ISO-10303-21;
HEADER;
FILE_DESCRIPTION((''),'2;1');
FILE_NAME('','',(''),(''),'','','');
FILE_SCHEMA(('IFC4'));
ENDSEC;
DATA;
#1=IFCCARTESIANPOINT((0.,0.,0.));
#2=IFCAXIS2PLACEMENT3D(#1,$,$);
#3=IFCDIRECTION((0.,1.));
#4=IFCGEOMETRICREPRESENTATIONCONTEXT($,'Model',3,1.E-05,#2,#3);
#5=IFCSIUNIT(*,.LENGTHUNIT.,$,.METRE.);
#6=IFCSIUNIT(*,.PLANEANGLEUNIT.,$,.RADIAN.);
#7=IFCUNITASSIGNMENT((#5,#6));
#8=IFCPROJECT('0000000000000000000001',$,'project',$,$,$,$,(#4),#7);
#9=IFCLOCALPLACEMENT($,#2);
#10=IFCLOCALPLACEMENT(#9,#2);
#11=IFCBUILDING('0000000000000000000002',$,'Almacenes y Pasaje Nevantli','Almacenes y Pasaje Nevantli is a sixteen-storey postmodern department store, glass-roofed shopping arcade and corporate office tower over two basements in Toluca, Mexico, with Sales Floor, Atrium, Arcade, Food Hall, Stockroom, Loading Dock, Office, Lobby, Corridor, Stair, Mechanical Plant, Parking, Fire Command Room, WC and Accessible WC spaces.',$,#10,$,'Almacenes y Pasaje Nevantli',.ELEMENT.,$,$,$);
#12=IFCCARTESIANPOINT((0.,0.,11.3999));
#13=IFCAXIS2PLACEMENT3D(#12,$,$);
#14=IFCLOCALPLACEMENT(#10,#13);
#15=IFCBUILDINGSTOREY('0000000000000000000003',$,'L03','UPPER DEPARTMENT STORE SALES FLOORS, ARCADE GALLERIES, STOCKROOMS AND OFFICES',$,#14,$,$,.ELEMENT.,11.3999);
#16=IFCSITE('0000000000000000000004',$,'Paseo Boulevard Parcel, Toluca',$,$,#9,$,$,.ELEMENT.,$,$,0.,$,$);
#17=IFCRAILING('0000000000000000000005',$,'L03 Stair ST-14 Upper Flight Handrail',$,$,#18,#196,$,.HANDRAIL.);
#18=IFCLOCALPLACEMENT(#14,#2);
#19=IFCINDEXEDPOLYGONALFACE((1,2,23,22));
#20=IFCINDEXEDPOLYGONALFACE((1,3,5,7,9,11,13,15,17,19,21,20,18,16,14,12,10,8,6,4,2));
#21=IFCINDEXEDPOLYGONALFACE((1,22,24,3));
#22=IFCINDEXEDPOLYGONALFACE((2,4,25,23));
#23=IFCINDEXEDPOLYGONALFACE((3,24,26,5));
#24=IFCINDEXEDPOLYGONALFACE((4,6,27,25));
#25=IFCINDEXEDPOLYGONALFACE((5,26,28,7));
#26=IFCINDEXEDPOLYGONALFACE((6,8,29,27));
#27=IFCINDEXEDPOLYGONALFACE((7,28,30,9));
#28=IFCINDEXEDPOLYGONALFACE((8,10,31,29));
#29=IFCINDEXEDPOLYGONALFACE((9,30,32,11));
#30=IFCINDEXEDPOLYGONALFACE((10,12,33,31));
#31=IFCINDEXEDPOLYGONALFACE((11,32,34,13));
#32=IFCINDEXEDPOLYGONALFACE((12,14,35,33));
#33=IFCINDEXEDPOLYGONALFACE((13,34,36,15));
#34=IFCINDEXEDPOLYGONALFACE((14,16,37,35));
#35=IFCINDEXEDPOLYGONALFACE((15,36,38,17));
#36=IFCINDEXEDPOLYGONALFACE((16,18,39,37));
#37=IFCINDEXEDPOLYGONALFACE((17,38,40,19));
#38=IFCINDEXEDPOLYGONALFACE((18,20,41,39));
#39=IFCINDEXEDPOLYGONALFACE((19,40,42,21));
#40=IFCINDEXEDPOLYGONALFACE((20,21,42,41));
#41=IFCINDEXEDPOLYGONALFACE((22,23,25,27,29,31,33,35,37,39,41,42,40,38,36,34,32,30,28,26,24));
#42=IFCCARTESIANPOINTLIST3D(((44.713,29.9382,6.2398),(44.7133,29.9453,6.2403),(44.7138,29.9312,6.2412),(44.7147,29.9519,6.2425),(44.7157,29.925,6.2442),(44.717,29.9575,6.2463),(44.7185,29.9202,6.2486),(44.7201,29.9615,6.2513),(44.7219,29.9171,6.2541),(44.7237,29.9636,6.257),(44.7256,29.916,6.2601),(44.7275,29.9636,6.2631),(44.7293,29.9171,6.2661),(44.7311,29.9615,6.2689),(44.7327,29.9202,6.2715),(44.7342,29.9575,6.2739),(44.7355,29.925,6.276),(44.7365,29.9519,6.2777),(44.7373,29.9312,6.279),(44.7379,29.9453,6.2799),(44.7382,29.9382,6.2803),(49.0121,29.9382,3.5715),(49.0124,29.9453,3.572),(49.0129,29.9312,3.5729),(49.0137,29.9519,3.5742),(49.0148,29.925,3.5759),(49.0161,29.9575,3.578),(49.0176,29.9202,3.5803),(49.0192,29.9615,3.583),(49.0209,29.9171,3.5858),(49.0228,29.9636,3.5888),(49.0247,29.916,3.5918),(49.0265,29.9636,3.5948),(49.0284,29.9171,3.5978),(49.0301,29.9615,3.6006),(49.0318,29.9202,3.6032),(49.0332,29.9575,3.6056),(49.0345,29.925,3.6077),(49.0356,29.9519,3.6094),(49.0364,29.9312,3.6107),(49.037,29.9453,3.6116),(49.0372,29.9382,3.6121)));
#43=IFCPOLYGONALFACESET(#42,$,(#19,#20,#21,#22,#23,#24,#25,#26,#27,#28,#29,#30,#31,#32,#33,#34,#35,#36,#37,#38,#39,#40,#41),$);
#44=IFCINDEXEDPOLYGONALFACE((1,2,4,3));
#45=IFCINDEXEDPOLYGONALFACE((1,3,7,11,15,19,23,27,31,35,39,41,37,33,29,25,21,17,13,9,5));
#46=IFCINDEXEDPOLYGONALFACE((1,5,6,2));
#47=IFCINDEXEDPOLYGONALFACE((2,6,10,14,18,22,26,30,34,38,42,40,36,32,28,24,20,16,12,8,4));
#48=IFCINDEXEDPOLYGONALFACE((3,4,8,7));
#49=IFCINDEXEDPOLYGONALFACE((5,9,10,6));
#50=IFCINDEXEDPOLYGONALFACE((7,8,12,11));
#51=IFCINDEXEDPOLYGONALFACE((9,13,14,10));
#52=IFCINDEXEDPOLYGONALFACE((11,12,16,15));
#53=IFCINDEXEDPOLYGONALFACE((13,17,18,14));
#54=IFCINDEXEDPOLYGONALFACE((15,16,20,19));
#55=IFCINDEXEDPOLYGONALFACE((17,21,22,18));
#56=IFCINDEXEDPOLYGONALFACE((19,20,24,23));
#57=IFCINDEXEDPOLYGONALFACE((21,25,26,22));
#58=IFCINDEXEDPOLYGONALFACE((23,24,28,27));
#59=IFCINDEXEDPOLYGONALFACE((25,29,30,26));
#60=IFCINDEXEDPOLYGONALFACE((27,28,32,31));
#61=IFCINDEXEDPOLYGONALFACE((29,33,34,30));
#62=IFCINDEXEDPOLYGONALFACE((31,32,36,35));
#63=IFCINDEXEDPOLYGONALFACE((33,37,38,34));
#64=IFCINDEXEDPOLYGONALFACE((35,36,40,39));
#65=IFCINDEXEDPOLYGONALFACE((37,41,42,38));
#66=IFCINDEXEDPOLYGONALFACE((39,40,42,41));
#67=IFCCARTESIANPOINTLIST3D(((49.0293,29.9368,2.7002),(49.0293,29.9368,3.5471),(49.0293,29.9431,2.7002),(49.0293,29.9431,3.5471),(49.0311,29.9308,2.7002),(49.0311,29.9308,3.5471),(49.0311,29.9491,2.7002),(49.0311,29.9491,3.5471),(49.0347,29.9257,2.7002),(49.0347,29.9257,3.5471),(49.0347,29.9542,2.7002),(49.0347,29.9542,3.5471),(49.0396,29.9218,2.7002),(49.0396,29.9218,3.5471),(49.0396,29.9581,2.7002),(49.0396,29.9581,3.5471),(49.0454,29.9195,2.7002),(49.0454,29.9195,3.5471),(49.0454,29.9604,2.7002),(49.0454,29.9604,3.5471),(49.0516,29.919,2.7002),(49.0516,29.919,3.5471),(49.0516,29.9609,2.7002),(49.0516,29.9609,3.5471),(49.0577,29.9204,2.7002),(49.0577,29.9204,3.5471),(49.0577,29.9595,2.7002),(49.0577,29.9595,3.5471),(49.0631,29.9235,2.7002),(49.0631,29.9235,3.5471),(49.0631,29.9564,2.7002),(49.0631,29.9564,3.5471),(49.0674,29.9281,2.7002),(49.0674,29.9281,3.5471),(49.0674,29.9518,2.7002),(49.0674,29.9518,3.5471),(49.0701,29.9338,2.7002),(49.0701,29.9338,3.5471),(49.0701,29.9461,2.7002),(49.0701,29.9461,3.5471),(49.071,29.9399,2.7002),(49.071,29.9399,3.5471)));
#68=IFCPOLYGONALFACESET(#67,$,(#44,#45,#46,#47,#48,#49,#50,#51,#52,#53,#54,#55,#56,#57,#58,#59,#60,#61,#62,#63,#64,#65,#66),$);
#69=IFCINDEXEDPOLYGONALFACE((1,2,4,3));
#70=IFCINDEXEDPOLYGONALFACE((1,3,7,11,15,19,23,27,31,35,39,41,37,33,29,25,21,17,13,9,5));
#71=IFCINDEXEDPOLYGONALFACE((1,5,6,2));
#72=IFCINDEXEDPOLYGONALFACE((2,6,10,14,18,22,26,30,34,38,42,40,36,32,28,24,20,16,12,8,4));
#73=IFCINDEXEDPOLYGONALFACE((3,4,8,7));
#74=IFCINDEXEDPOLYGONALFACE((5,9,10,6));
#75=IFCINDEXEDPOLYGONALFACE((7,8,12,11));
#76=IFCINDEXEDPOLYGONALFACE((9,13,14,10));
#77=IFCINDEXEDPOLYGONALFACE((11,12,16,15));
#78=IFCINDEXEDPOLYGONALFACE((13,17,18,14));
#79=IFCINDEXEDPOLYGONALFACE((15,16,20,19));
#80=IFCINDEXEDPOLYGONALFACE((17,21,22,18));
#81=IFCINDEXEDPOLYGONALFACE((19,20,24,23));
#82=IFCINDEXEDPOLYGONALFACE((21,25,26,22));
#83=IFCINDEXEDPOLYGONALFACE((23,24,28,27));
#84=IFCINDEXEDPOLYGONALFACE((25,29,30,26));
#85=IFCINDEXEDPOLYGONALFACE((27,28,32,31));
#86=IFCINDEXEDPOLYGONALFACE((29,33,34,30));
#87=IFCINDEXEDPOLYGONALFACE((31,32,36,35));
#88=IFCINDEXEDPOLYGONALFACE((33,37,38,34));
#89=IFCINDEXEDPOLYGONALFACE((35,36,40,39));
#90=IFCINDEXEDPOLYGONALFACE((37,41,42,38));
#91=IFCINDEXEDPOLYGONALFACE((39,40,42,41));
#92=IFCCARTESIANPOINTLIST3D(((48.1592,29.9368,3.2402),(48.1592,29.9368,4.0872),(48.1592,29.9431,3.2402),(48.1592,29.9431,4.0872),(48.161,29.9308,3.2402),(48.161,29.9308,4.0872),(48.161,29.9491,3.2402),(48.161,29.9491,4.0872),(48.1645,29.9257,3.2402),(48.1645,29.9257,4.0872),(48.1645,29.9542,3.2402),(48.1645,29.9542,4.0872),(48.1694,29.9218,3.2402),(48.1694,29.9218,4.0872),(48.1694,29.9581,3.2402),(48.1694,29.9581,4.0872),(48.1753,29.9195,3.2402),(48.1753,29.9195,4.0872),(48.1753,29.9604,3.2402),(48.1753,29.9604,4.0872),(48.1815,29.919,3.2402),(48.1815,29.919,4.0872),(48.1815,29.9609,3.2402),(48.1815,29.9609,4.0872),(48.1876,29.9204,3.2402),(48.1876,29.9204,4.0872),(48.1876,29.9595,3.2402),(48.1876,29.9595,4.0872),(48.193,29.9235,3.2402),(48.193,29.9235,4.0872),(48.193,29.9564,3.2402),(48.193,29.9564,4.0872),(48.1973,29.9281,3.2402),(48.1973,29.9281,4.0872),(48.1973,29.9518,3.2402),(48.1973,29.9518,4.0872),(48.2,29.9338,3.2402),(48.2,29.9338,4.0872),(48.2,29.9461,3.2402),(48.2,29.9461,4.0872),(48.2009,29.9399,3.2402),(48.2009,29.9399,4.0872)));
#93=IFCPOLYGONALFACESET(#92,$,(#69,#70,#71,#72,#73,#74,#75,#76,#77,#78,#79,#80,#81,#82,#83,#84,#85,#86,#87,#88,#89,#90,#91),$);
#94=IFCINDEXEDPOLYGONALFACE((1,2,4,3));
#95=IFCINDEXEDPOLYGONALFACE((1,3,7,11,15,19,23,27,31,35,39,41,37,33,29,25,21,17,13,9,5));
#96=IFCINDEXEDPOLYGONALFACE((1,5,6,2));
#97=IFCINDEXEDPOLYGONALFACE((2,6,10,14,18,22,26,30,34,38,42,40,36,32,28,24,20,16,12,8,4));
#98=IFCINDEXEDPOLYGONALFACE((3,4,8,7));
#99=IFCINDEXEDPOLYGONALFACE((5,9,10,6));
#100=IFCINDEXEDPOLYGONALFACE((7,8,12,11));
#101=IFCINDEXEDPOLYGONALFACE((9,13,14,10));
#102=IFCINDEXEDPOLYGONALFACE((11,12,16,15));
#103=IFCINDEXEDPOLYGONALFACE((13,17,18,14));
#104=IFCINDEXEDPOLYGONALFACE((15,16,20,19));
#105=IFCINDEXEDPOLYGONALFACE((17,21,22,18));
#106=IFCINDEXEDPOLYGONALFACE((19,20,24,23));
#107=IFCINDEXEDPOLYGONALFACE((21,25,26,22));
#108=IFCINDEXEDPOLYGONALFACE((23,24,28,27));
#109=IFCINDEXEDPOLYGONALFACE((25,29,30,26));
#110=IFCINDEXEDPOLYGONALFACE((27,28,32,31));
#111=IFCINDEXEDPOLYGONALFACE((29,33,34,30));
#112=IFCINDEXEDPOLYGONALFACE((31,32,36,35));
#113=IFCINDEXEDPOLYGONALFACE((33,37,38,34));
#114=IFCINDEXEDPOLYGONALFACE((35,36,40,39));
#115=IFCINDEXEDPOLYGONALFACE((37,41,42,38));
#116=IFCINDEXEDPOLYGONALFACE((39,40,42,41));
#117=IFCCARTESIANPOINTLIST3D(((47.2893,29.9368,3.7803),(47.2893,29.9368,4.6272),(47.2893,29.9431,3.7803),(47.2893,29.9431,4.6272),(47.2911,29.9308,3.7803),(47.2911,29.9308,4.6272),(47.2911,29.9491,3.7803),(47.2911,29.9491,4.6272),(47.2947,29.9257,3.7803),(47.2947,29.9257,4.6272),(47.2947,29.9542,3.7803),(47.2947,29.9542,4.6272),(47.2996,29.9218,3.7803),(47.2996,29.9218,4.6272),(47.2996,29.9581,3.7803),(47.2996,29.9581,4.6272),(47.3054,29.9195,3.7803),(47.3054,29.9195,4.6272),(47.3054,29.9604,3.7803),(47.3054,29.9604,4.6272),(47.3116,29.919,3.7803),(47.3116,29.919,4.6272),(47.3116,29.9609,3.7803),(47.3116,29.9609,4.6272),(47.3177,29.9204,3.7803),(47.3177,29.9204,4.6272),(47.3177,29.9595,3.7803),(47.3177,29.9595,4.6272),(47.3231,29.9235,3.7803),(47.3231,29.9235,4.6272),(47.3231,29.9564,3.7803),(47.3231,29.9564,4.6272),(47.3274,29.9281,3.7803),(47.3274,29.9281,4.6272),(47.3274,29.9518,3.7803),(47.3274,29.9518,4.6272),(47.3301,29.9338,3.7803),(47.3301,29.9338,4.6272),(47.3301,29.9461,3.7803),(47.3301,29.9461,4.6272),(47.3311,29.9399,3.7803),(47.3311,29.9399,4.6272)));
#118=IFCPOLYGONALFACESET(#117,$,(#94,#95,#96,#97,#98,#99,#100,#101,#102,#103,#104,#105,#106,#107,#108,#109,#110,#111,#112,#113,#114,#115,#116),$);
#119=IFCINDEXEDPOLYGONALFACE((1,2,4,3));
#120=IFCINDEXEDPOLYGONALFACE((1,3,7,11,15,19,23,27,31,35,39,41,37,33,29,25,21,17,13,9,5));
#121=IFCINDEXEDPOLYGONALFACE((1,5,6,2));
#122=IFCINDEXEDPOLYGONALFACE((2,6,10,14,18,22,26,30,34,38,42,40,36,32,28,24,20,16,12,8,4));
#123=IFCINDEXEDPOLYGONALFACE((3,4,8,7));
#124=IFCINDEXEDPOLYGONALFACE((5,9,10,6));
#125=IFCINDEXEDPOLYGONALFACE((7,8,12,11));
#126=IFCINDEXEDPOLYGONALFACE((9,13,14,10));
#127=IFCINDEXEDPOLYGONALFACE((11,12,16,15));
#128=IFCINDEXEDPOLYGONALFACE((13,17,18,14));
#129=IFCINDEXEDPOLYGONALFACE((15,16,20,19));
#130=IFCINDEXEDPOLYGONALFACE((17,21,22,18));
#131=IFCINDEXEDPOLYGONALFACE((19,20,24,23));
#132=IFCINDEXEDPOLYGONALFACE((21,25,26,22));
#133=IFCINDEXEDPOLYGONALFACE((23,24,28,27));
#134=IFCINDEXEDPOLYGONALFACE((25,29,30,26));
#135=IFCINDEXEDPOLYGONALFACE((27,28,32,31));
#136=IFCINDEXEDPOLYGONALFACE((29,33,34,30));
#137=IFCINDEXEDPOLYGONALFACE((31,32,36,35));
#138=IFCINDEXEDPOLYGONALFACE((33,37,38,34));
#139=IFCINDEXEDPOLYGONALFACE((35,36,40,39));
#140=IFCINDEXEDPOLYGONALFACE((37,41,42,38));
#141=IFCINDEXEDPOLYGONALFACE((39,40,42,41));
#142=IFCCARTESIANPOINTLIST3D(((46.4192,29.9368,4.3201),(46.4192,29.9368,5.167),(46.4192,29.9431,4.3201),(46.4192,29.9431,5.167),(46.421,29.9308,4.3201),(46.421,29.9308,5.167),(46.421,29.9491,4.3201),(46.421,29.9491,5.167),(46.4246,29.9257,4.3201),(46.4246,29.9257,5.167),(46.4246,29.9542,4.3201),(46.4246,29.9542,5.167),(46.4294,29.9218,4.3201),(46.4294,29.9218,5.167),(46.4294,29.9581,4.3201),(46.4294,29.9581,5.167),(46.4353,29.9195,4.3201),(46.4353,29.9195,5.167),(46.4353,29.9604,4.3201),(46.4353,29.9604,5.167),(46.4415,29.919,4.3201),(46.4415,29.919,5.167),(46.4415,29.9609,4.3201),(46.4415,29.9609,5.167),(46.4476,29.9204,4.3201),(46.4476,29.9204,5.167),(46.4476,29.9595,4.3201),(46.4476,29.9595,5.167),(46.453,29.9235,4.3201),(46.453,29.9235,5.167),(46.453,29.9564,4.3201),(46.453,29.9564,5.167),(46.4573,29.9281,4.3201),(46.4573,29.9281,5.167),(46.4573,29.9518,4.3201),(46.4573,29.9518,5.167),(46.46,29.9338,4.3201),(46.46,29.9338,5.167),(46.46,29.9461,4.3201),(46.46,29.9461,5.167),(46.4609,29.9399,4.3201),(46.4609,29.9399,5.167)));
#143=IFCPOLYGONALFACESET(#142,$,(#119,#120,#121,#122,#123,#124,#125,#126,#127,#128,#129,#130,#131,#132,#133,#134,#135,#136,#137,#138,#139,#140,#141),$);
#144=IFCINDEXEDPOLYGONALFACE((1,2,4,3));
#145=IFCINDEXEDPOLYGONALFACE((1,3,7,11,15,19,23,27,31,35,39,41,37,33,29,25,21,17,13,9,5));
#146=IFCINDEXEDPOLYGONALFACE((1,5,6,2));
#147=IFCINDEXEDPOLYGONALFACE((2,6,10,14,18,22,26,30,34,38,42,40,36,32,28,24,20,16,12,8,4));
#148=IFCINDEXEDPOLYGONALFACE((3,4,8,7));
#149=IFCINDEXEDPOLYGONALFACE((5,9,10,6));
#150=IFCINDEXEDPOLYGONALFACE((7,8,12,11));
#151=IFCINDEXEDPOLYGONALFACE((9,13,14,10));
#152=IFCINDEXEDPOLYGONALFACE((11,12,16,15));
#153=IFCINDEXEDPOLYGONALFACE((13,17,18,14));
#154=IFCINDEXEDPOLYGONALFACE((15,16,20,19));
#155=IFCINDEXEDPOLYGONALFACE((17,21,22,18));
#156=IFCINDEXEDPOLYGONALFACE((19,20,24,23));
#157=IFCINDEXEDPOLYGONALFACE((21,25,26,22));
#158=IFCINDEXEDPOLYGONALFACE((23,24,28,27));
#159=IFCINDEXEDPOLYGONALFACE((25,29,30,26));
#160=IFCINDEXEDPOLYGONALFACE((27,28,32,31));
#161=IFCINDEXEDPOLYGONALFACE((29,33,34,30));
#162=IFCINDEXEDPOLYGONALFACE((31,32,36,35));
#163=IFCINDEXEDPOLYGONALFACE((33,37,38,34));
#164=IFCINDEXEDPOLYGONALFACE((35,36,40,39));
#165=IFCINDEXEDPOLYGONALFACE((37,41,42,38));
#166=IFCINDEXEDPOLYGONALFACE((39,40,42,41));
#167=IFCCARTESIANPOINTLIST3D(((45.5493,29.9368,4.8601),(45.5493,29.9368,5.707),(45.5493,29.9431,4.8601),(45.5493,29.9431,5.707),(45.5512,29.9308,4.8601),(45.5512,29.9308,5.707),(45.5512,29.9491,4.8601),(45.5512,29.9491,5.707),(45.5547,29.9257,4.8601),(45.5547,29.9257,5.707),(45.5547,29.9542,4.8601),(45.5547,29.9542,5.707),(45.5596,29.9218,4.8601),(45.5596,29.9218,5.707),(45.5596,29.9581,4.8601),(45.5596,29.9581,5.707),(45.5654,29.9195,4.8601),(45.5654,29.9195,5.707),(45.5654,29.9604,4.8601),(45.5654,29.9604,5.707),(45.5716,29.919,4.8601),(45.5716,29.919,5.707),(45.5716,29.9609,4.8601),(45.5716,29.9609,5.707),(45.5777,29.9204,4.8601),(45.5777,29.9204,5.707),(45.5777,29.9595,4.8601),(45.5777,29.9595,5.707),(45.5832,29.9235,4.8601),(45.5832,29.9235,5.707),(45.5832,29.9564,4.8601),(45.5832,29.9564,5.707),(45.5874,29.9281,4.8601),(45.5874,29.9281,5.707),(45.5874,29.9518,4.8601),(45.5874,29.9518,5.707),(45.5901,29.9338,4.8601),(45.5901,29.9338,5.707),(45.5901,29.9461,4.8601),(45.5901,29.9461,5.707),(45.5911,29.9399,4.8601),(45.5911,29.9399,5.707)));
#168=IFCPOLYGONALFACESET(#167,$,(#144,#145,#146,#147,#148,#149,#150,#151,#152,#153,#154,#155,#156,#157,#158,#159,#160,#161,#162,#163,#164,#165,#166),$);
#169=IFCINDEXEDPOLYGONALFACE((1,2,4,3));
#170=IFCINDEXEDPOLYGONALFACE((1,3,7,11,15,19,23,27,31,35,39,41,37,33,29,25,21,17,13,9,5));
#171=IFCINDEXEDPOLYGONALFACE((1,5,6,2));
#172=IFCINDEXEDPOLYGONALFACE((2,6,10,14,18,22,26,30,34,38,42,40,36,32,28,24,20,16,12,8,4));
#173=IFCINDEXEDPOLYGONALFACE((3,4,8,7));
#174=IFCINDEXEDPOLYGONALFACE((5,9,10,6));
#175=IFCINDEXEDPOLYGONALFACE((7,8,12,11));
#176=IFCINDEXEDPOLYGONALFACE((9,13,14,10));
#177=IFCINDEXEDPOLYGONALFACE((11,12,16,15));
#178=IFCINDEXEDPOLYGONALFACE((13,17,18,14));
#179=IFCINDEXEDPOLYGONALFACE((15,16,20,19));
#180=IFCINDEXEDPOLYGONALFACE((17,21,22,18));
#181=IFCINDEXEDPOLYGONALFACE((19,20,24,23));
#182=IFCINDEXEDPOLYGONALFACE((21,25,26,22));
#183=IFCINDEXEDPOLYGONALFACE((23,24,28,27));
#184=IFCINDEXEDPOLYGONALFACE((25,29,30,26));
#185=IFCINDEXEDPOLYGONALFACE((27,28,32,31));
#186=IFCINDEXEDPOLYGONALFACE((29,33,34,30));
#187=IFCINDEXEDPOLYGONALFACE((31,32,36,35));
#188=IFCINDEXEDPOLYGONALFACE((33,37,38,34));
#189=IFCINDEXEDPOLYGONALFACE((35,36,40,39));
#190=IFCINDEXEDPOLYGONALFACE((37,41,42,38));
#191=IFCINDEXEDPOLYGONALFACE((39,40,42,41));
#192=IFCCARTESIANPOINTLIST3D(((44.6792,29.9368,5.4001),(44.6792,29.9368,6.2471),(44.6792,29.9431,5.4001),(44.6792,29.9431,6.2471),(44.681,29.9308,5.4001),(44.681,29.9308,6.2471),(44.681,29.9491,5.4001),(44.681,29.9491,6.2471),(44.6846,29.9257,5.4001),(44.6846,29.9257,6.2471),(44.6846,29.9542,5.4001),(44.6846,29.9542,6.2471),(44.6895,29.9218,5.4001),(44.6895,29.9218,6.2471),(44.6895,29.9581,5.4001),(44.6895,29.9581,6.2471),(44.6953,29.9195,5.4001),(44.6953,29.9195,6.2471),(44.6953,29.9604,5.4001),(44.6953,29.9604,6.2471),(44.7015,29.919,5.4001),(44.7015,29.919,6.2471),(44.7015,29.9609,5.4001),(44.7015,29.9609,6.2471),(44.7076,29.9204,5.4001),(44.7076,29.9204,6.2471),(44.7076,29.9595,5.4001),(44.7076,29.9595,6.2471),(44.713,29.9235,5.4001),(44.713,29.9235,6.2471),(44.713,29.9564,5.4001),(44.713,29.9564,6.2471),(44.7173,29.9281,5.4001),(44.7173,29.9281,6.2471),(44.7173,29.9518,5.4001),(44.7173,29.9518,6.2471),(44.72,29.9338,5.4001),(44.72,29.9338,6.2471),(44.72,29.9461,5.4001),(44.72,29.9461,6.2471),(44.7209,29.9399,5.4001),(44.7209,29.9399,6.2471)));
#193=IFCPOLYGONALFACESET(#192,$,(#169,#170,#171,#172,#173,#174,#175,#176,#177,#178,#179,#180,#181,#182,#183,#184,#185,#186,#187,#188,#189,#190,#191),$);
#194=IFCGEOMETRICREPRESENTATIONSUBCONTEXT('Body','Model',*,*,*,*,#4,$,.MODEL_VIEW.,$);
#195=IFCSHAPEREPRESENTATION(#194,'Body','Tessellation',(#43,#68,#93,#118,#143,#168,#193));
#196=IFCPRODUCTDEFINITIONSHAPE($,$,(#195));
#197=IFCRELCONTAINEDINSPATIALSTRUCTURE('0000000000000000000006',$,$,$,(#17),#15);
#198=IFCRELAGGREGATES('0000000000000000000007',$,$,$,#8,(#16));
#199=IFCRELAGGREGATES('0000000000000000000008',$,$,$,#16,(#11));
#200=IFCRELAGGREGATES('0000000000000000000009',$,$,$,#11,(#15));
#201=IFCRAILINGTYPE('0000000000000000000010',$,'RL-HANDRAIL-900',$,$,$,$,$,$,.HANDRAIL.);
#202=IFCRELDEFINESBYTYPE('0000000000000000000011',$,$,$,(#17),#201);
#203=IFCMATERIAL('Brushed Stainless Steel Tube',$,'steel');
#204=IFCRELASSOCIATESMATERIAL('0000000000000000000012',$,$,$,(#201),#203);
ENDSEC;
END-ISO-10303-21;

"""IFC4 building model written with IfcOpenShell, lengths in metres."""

from ifc_helpers import new_model, si_unit, direction, frame, origin, origin_2d, place, context, subcontext, project, spatial, circle, extrude, material, type_object, element, save


model = new_model("IFC4")

# Units and contexts
model_context = context("Model", 3, precision=1e-05, world=origin(), true_north=direction((0.0, 1.0)))
body_context = subcontext(model_context, "Body", "Model", "MODEL_VIEW")
ifc_project = project(units=[si_unit("LENGTHUNIT", "METRE"), si_unit("PLANEANGLEUNIT", "RADIAN")], contexts=[model_context])

# Site, building, storey
site_placement = place(None, origin())
site = spatial("IfcSite", under=ifc_project, at=site_placement, Name="Paseo Boulevard Parcel, Toluca", CompositionType="ELEMENT", RefElevation=0.0)
building_placement = place(site_placement, origin())
building = spatial("IfcBuilding", under=site, at=building_placement, Name="Almacenes y Pasaje Nevantli", Description="Almacenes y Pasaje Nevantli is a sixteen-storey postmodern department store, glass-roofed shopping arcade and corporate office tower over two basements in Toluca, Mexico, with Sales Floor, Atrium, Arcade, Food Hall, Stockroom, Loading Dock, Office, Lobby, Corridor, Stair, Mechanical Plant, Parking, Fire Command Room, WC and Accessible WC spaces.", LongName="Almacenes y Pasaje Nevantli", CompositionType="ELEMENT")
storey_placement = place(building_placement, frame((0.0, 0.0, 11.3999)))
storey = spatial("IfcBuildingStorey", under=building, at=storey_placement, Name="L03", Description="UPPER DEPARTMENT STORE SALES FLOORS, ARCADE GALLERIES, STOCKROOMS AND OFFICES", CompositionType="ELEMENT", Elevation=11.3999)

# Railing
ifc_material_1 = material(Name="Brushed Stainless Steel Tube", Category="steel")
railing_type_1 = type_object("IfcRailingType", Name="RL-HANDRAIL-900", PredefinedType="HANDRAIL", material=ifc_material_1)
railing_1_placement = place(storey_placement, frame((49.05, 29.9399, 2.7002)))
element("IfcRailing", 1, at=railing_1_placement, inside=storey, type_object=railing_type_1, Name="L03 Stair ST-14 Upper Flight Handrail", PredefinedType="HANDRAIL", context=body_context, shape_type="SweptSolid", body=[
    extrude(circle(Radius=0.0239, at=origin_2d()), frame((-0.0254, 0.0, 0.8916), z_axis=(-0.84965, 0.0, 0.527347), x_axis=(0.0, -1.0, 0.0)), (0.0, 0.0, 1.0), 5.0598),
    extrude(circle(Radius=0.021, at=origin_2d()), origin(), (0.0, 0.0, 1.0), 0.8469),
    extrude(circle(Radius=0.021, at=origin_2d()), frame((-0.8701, 0.0, 0.54)), (0.0, 0.0, 1.0), 0.8469),
    extrude(circle(Radius=0.021, at=origin_2d()), frame((-1.74, 0.0, 1.0801)), (0.0, 0.0, 1.0), 0.8469),
    extrude(circle(Radius=0.021, at=origin_2d()), frame((-2.6101, 0.0, 1.6199)), (0.0, 0.0, 1.0), 0.8469),
    extrude(circle(Radius=0.021, at=origin_2d()), frame((-3.48, 0.0, 2.1599)), (0.0, 0.0, 1.0), 0.8469),
    extrude(circle(Radius=0.021, at=origin_2d()), frame((-4.3501, 0.0, 2.7)), (0.0, 0.0, 1.0), 0.8469),
])

save(model, "model.ifc")
